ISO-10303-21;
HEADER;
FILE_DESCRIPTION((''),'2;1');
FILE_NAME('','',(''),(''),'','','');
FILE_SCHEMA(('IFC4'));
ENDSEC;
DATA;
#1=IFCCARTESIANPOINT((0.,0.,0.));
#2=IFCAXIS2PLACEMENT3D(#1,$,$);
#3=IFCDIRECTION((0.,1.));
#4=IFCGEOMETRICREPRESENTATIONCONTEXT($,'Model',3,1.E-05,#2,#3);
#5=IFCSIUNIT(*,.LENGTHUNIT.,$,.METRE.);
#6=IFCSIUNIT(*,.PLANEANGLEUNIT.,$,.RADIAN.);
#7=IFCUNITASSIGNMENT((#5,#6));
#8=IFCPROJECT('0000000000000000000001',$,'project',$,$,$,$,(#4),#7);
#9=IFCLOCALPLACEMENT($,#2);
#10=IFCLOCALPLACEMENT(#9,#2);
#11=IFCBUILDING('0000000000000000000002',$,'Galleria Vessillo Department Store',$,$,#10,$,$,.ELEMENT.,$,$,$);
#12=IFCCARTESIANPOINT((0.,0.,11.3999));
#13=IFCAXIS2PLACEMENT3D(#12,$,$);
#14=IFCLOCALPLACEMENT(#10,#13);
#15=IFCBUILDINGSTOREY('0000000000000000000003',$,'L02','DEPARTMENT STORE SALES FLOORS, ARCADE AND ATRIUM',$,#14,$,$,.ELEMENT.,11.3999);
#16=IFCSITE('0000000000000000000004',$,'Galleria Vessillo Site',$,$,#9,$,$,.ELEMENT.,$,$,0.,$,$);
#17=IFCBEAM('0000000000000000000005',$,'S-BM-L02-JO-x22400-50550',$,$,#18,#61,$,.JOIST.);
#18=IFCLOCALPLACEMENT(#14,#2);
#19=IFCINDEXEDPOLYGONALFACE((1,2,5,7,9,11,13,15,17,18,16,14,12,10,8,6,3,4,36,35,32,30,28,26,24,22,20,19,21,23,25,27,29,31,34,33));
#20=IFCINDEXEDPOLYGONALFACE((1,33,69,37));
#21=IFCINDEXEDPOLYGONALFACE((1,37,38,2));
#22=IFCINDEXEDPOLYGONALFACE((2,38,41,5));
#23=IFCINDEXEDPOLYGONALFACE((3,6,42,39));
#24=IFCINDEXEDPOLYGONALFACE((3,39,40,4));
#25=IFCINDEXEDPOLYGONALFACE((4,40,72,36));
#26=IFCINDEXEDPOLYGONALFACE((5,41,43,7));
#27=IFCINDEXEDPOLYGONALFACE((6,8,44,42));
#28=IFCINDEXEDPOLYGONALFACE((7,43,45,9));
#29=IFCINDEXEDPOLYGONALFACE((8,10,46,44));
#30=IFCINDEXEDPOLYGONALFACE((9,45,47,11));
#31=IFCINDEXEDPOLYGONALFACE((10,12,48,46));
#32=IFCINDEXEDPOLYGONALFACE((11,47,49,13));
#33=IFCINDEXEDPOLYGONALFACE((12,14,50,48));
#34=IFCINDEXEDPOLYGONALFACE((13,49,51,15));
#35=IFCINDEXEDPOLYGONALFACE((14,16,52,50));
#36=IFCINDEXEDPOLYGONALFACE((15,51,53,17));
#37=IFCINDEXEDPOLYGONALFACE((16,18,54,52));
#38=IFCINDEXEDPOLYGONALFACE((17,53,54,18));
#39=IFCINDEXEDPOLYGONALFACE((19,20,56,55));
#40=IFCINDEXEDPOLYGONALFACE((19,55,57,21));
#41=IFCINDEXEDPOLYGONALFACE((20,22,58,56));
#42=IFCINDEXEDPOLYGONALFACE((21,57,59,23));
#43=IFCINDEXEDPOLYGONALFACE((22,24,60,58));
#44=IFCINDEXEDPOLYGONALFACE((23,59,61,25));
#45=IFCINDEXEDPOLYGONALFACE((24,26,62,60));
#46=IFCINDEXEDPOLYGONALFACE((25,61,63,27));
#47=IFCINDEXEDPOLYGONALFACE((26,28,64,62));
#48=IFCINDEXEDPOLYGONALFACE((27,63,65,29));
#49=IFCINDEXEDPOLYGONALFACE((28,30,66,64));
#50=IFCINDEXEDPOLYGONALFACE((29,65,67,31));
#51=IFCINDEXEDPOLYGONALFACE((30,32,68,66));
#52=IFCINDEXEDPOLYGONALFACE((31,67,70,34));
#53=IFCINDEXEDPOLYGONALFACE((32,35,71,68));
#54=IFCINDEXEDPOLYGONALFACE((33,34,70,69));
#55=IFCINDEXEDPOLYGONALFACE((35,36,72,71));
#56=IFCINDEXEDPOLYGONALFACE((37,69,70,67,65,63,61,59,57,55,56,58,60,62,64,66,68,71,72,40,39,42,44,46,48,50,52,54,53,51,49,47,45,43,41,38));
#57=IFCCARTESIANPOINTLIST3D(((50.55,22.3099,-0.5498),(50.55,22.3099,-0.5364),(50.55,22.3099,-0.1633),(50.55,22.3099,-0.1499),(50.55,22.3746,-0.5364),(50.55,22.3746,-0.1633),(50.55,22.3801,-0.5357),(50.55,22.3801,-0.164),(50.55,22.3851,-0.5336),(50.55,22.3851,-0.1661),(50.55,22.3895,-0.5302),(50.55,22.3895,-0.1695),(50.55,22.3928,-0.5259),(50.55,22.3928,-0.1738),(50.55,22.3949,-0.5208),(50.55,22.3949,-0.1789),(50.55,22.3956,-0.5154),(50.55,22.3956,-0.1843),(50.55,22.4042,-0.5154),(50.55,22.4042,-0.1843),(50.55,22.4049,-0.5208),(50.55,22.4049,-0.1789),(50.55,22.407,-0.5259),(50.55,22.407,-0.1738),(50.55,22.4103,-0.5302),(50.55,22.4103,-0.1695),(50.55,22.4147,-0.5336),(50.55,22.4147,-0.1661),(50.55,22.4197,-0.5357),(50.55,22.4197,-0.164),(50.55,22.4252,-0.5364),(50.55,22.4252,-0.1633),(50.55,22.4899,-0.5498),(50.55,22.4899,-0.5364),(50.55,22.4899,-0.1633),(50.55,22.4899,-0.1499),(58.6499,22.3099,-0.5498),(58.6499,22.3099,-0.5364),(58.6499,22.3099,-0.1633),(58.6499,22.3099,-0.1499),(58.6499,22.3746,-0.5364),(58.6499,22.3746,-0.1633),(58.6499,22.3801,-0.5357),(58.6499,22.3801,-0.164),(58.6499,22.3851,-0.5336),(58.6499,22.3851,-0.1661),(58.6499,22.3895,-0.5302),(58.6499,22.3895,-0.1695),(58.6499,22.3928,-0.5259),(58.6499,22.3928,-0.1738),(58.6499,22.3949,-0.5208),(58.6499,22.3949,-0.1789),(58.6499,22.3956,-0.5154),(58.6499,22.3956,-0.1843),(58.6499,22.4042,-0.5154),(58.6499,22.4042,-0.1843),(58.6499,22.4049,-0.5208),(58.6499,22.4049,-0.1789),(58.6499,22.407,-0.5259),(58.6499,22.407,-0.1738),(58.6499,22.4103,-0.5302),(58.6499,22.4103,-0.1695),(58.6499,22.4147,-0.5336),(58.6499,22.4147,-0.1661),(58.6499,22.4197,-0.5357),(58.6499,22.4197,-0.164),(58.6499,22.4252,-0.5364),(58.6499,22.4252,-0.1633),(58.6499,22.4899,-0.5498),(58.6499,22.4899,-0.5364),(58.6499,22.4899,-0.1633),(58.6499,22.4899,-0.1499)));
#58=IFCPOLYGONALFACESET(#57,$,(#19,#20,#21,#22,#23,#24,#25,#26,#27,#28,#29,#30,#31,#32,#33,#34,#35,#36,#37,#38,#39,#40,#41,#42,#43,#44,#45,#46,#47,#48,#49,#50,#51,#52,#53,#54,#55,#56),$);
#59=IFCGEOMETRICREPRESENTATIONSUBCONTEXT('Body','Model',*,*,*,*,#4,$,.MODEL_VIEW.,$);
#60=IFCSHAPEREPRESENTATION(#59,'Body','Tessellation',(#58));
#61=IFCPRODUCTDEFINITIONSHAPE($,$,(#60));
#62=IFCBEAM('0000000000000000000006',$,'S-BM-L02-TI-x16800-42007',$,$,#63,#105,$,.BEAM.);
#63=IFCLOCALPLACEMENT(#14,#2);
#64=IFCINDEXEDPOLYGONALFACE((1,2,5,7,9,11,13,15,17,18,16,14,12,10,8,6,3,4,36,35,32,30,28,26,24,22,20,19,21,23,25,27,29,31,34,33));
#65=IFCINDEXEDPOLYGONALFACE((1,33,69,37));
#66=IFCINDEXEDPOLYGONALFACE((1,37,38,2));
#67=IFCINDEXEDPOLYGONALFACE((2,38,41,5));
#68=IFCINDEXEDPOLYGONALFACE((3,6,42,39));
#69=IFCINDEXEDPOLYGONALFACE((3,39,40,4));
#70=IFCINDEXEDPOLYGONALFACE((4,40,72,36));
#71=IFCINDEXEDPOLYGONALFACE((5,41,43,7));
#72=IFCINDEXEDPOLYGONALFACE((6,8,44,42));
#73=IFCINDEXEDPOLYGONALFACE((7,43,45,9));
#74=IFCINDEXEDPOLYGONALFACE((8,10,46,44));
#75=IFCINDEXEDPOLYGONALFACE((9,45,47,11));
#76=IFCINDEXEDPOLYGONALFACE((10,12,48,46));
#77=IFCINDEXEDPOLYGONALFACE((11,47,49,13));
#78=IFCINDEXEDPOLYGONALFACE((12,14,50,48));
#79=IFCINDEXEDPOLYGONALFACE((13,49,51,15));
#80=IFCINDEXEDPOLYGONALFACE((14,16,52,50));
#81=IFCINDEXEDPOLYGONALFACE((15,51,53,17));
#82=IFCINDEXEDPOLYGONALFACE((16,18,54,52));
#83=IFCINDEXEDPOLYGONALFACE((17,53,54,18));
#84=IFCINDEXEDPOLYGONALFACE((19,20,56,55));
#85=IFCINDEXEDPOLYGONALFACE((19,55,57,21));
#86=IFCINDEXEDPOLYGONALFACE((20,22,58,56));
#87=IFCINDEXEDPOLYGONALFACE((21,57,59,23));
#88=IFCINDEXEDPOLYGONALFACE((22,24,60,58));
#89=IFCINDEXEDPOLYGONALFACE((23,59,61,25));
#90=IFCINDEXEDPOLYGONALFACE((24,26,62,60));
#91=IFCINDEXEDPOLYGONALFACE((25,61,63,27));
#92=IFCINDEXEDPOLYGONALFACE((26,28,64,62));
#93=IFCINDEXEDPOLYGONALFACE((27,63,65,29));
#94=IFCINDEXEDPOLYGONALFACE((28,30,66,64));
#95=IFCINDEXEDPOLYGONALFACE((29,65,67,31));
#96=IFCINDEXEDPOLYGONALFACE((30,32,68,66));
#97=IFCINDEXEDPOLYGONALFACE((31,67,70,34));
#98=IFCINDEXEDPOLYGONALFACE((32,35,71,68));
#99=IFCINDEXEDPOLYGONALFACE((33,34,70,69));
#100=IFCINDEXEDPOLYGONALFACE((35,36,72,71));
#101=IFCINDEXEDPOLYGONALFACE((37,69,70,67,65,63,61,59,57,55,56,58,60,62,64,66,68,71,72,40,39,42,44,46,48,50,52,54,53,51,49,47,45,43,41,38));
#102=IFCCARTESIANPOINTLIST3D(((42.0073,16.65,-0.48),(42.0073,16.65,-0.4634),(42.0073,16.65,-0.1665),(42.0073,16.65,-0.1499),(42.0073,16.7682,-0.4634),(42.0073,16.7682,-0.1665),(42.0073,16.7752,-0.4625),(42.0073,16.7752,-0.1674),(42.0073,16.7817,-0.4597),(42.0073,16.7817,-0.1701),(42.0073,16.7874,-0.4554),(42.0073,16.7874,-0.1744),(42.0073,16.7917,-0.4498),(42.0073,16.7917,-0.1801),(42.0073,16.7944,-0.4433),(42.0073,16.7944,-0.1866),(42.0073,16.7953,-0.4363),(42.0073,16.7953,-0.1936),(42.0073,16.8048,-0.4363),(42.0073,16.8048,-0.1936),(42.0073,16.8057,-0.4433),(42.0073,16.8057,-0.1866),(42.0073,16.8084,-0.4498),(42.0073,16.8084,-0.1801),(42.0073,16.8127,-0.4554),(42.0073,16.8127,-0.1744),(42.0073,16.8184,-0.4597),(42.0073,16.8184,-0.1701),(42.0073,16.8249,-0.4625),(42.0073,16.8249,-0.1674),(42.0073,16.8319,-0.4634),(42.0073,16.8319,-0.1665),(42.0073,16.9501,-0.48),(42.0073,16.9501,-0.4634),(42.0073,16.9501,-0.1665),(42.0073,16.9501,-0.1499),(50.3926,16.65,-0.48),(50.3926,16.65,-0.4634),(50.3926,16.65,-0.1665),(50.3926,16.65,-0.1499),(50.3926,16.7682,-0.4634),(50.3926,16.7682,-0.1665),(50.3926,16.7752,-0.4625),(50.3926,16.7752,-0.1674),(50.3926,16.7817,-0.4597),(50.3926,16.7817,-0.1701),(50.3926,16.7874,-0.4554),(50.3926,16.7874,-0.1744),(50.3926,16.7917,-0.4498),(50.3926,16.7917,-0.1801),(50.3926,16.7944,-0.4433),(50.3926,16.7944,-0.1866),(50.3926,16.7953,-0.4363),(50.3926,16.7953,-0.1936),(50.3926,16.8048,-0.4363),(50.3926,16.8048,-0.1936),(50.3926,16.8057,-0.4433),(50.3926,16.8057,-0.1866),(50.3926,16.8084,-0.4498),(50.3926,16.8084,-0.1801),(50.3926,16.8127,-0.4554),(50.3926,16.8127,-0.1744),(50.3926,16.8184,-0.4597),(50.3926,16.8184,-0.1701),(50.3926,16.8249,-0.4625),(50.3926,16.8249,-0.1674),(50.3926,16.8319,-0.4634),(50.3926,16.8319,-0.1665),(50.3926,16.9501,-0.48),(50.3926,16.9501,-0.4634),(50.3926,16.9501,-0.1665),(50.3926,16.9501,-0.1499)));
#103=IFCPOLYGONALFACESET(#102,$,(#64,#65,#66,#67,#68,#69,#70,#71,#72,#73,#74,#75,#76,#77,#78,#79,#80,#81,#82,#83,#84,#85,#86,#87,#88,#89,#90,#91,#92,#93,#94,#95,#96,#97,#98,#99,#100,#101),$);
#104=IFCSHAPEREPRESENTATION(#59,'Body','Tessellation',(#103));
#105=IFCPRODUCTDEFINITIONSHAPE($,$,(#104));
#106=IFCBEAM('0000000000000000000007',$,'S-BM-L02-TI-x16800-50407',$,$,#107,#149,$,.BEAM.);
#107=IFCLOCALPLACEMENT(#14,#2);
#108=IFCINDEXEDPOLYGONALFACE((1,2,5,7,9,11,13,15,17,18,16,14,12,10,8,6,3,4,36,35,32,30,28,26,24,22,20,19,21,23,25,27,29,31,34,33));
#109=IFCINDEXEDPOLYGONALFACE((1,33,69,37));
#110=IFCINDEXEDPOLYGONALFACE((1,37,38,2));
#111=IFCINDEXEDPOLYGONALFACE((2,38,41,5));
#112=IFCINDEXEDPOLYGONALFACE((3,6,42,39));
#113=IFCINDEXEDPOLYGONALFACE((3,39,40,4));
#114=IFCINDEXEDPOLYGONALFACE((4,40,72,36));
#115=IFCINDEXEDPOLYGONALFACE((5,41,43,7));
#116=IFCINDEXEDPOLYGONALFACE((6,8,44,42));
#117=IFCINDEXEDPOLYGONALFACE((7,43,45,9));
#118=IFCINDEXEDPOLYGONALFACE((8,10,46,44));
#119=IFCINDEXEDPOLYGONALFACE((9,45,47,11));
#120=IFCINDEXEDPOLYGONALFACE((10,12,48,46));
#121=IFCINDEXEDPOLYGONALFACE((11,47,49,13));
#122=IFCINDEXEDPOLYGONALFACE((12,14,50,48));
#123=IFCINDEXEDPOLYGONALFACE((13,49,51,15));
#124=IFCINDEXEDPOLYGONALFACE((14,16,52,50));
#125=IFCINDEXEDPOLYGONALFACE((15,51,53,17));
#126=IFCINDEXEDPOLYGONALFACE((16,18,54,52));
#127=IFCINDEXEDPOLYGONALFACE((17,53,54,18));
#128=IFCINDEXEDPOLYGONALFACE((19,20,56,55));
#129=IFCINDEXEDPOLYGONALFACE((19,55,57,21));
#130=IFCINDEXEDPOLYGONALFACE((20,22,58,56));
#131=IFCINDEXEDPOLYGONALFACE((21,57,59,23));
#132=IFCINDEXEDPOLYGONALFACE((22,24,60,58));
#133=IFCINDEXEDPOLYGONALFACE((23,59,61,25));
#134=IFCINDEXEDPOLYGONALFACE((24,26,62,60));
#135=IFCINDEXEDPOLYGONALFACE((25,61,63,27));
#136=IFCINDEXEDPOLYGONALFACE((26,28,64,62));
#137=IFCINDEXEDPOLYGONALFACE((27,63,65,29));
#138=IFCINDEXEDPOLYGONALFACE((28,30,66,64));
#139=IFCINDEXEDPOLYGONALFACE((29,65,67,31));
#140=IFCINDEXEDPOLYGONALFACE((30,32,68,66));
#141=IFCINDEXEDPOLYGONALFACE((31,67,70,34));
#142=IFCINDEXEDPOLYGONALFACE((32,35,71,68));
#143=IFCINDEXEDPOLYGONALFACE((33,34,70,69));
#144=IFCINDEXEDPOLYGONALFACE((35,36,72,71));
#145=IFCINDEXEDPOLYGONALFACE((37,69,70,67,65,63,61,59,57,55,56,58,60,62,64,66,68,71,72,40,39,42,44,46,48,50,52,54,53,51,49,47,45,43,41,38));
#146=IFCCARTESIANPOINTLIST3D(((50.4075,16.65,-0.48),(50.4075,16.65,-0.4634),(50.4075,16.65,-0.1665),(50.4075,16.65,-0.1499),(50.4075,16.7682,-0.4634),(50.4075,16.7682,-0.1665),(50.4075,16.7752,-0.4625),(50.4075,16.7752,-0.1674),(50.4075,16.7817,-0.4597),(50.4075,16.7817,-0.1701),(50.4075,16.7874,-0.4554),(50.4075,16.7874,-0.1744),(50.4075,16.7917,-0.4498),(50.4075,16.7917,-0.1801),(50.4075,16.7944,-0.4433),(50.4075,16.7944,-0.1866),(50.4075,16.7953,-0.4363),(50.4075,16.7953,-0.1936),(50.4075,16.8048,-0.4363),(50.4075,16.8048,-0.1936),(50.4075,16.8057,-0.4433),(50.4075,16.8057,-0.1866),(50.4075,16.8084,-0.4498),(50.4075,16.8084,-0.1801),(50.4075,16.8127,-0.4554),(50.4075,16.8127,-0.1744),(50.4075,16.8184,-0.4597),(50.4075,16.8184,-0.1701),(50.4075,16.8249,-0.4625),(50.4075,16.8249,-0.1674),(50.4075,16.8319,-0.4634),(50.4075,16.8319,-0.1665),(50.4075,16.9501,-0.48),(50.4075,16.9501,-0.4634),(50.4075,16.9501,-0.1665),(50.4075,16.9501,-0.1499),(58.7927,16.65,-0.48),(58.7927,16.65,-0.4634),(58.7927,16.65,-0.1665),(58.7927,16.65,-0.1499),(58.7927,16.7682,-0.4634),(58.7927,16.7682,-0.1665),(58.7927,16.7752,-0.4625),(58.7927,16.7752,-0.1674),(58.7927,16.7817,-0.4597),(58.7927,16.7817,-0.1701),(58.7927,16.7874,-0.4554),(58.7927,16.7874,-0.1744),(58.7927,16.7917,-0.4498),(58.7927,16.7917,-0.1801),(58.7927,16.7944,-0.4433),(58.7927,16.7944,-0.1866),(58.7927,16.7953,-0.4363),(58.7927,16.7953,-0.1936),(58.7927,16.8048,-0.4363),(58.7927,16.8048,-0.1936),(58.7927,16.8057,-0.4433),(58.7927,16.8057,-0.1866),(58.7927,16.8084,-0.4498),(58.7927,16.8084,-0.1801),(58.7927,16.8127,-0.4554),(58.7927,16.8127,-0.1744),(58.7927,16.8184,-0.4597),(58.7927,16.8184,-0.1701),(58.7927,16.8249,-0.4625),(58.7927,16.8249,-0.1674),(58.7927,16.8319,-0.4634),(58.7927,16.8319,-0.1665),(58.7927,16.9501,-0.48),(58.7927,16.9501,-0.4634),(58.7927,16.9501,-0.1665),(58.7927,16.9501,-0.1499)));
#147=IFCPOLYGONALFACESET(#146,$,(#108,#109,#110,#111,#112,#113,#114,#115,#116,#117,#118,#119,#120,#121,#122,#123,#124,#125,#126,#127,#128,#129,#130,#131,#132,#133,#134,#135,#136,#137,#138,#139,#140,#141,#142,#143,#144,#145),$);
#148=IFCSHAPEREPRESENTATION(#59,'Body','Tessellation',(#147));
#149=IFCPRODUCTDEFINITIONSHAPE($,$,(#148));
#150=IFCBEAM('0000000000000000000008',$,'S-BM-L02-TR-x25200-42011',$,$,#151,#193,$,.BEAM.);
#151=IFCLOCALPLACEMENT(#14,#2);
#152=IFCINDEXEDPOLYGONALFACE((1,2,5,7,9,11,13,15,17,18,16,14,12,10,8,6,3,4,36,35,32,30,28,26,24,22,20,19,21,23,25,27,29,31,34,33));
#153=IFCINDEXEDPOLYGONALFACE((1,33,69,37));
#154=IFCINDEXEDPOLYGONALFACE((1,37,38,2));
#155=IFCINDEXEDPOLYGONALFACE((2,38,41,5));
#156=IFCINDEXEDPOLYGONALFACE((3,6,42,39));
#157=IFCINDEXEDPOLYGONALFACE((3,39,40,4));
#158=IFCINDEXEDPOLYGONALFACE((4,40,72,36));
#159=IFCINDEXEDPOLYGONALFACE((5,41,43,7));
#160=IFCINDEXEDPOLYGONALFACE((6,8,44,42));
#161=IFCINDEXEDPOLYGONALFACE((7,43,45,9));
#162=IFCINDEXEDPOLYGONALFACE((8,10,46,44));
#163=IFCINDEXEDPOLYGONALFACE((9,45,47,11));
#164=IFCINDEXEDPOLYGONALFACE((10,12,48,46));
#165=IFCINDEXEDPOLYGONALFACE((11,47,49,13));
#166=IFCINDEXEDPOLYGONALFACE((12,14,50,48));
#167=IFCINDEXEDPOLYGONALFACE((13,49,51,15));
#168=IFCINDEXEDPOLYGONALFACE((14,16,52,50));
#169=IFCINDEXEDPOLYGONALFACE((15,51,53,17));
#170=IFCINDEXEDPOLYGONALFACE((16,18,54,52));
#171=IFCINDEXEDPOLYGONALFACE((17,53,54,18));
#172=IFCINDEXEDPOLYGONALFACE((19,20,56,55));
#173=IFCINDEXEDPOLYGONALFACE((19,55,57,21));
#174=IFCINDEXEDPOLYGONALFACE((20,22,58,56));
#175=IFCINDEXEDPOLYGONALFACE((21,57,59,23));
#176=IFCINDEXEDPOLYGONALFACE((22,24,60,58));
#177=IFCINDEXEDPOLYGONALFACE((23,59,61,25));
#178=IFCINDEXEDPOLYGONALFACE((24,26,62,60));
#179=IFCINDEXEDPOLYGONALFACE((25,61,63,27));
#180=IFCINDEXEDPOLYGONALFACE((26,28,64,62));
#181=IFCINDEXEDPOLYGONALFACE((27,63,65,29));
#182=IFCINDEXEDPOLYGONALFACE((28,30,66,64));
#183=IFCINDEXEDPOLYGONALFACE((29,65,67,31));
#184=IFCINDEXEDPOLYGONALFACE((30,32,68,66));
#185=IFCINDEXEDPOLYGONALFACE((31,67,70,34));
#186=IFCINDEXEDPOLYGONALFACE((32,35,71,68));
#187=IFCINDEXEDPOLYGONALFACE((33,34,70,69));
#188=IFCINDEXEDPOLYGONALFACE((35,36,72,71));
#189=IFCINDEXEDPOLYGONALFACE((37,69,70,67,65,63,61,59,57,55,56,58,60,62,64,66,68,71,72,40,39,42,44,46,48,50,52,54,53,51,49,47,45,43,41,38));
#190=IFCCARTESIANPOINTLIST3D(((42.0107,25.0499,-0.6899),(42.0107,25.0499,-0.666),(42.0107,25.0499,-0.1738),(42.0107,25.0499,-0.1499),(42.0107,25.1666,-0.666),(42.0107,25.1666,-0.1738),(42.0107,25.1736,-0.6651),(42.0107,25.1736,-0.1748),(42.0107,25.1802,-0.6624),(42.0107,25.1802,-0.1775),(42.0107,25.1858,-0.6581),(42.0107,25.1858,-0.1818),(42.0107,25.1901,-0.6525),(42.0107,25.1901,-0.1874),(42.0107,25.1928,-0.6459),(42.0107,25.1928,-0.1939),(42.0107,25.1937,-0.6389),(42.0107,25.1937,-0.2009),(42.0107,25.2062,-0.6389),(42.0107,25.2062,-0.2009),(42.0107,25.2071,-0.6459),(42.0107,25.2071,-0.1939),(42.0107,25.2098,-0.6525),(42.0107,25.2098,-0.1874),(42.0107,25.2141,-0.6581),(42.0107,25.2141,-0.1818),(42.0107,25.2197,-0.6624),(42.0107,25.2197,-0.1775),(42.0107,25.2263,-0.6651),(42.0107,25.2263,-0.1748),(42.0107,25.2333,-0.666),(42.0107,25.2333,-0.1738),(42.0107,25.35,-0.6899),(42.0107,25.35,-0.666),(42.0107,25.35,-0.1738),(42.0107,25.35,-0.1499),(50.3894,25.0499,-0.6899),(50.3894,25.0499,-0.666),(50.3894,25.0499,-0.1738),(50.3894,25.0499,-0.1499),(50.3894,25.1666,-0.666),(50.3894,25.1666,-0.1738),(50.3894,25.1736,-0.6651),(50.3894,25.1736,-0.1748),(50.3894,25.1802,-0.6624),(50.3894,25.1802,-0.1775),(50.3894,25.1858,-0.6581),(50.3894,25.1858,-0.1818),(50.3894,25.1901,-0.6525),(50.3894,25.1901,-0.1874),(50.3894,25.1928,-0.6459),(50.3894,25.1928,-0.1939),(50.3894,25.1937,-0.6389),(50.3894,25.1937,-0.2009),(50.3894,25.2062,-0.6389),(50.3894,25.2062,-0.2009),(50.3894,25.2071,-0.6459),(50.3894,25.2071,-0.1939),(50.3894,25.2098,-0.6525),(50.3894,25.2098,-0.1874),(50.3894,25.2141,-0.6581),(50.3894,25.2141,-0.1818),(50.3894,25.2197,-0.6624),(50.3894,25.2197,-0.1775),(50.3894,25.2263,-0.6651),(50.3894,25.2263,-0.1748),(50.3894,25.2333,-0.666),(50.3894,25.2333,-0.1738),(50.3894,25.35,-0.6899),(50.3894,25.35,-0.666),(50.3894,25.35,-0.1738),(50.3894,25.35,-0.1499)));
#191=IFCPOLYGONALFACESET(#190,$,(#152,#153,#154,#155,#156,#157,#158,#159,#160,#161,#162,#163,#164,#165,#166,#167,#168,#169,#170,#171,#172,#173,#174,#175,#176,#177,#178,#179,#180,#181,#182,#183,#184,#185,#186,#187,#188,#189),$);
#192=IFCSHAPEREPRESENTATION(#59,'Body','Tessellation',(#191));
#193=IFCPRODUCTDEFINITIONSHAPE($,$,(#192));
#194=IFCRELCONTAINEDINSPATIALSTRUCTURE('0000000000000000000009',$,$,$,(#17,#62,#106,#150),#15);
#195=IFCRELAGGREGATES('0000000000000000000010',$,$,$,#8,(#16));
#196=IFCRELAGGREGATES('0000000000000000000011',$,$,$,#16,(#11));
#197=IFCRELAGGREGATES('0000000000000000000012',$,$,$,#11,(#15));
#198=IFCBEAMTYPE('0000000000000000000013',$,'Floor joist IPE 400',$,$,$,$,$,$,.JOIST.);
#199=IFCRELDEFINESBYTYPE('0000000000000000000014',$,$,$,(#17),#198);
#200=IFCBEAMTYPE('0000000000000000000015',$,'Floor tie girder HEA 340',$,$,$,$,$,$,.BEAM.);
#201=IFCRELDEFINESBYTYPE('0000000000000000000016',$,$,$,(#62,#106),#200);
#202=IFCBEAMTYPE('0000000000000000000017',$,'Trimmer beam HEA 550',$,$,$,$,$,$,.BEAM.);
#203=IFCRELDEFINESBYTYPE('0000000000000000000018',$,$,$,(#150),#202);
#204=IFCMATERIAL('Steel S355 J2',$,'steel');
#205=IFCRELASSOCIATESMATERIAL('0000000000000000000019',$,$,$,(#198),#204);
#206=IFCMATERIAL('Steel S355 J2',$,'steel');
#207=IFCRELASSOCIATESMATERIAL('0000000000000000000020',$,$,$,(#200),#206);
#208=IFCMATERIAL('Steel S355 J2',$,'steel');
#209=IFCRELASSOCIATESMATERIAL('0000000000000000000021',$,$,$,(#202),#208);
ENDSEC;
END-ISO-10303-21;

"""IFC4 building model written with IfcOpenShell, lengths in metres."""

from ifc_helpers import new_model, si_unit, direction, frame, origin, origin_2d, place, context, subcontext, project, spatial, i_section, extrude, material, material_profile, profile_set, type_object, element, save


model = new_model("IFC4")

# Units and contexts
model_context = context("Model", 3, precision=1e-05, world=origin(), true_north=direction((0.0, 1.0)))
body_context = subcontext(model_context, "Body", "Model", "MODEL_VIEW")
ifc_project = project(units=[si_unit("LENGTHUNIT", "METRE"), si_unit("PLANEANGLEUNIT", "RADIAN")], contexts=[model_context])

# Site, building, storey
site_placement = place(None, origin())
site = spatial("IfcSite", under=ifc_project, at=site_placement, Name="Galleria Vessillo Site", CompositionType="ELEMENT", RefElevation=0.0)
building_placement = place(site_placement, origin())
building = spatial("IfcBuilding", under=site, at=building_placement, Name="Galleria Vessillo Department Store", CompositionType="ELEMENT")
storey_placement = place(building_placement, frame((0.0, 0.0, 11.3999)))
storey = spatial("IfcBuildingStorey", under=building, at=storey_placement, Name="L02", Description="DEPARTMENT STORE SALES FLOORS, ARCADE AND ATRIUM", CompositionType="ELEMENT", Elevation=11.3999)

# Beams
ifc_material_1 = material(Name="Steel S355 J2", Category="steel")
ifc_material_profile_1 = material_profile(ifc_material_1, i_section(OverallWidth=0.1799, OverallDepth=0.3999, WebThickness=0.0085, FlangeThickness=0.0134, FilletRadius=0.021, at=origin_2d()), Name="IPE 400")
ifc_profile_set_1 = profile_set([ifc_material_profile_1], Name="Steel S355 J2")
beam_type_1 = type_object("IfcBeamType", Name="Floor joist IPE 400", PredefinedType="JOIST", material=ifc_profile_set_1)
for number, where, z_axis, x_axis, name in (
    (1, (50.55, 22.3999, -0.3499), (1.0, 0.0, 0.0), (0.0, 1.0, 0.0), "S-BM-L02-JO-x22400-50550"),
):
    element("IfcBeam", number, at=place(storey_placement, frame(where, z_axis=z_axis, x_axis=x_axis)), inside=storey, type_object=beam_type_1, Name=name, PredefinedType="JOIST", context=body_context, shape_type="SweptSolid", body=[
        extrude(i_section(OverallWidth=0.1799, OverallDepth=0.3999, WebThickness=0.0085, FlangeThickness=0.0134, FilletRadius=0.021, at=origin_2d()), origin(), (0.0, 0.0, 1.0), 8.0999),
    ])
ifc_material_2 = material(Name="Steel S355 J2", Category="steel")
ifc_material_profile_2 = material_profile(ifc_material_2, i_section(OverallWidth=0.3, OverallDepth=0.3301, WebThickness=0.0095, FlangeThickness=0.0166, FilletRadius=0.0271, at=origin_2d()), Name="HEA 340")
ifc_profile_set_2 = profile_set([ifc_material_profile_2], Name="Steel S355 J2")
beam_type_2 = type_object("IfcBeamType", Name="Floor tie girder HEA 340", PredefinedType="BEAM", material=ifc_profile_set_2)
for number, where, z_axis, x_axis, name in (
    (2, (42.0073, 16.8, -0.3149), (1.0, 0.0, 0.0), (0.0, 1.0, 0.0), "S-BM-L02-TI-x16800-42007"),
    (3, (50.4075, 16.8, -0.3149), (1.0, 0.0, 0.0), (0.0, 1.0, 0.0), "S-BM-L02-TI-x16800-50407"),
):
    element("IfcBeam", number, at=place(storey_placement, frame(where, z_axis=z_axis, x_axis=x_axis)), inside=storey, type_object=beam_type_2, Name=name, PredefinedType="BEAM", context=body_context, shape_type="SweptSolid", body=[
        extrude(i_section(OverallWidth=0.3, OverallDepth=0.3301, WebThickness=0.0095, FlangeThickness=0.0166, FilletRadius=0.0271, at=origin_2d()), origin(), (0.0, 0.0, 1.0), 8.3853),
    ])
ifc_material_3 = material(Name="Steel S355 J2", Category="steel")
ifc_material_profile_3 = material_profile(ifc_material_3, i_section(OverallWidth=0.3, OverallDepth=0.54, WebThickness=0.0125, FlangeThickness=0.0239, FilletRadius=0.0271, at=origin_2d()), Name="HEA 550")
ifc_profile_set_3 = profile_set([ifc_material_profile_3], Name="Steel S355 J2")
beam_type_3 = type_object("IfcBeamType", Name="Trimmer beam HEA 550", PredefinedType="BEAM", material=ifc_profile_set_3)
for number, where, z_axis, x_axis, name in (
    (4, (42.0107, 25.2, -0.4199), (1.0, 0.0, 0.0), (0.0, 1.0, 0.0), "S-BM-L02-TR-x25200-42011"),
):
    element("IfcBeam", number, at=place(storey_placement, frame(where, z_axis=z_axis, x_axis=x_axis)), inside=storey, type_object=beam_type_3, Name=name, PredefinedType="BEAM", context=body_context, shape_type="SweptSolid", body=[
        extrude(i_section(OverallWidth=0.3, OverallDepth=0.54, WebThickness=0.0125, FlangeThickness=0.0239, FilletRadius=0.0271, at=origin_2d()), origin(), (0.0, 0.0, 1.0), 8.3787),
    ])

save(model, "model.ifc")
